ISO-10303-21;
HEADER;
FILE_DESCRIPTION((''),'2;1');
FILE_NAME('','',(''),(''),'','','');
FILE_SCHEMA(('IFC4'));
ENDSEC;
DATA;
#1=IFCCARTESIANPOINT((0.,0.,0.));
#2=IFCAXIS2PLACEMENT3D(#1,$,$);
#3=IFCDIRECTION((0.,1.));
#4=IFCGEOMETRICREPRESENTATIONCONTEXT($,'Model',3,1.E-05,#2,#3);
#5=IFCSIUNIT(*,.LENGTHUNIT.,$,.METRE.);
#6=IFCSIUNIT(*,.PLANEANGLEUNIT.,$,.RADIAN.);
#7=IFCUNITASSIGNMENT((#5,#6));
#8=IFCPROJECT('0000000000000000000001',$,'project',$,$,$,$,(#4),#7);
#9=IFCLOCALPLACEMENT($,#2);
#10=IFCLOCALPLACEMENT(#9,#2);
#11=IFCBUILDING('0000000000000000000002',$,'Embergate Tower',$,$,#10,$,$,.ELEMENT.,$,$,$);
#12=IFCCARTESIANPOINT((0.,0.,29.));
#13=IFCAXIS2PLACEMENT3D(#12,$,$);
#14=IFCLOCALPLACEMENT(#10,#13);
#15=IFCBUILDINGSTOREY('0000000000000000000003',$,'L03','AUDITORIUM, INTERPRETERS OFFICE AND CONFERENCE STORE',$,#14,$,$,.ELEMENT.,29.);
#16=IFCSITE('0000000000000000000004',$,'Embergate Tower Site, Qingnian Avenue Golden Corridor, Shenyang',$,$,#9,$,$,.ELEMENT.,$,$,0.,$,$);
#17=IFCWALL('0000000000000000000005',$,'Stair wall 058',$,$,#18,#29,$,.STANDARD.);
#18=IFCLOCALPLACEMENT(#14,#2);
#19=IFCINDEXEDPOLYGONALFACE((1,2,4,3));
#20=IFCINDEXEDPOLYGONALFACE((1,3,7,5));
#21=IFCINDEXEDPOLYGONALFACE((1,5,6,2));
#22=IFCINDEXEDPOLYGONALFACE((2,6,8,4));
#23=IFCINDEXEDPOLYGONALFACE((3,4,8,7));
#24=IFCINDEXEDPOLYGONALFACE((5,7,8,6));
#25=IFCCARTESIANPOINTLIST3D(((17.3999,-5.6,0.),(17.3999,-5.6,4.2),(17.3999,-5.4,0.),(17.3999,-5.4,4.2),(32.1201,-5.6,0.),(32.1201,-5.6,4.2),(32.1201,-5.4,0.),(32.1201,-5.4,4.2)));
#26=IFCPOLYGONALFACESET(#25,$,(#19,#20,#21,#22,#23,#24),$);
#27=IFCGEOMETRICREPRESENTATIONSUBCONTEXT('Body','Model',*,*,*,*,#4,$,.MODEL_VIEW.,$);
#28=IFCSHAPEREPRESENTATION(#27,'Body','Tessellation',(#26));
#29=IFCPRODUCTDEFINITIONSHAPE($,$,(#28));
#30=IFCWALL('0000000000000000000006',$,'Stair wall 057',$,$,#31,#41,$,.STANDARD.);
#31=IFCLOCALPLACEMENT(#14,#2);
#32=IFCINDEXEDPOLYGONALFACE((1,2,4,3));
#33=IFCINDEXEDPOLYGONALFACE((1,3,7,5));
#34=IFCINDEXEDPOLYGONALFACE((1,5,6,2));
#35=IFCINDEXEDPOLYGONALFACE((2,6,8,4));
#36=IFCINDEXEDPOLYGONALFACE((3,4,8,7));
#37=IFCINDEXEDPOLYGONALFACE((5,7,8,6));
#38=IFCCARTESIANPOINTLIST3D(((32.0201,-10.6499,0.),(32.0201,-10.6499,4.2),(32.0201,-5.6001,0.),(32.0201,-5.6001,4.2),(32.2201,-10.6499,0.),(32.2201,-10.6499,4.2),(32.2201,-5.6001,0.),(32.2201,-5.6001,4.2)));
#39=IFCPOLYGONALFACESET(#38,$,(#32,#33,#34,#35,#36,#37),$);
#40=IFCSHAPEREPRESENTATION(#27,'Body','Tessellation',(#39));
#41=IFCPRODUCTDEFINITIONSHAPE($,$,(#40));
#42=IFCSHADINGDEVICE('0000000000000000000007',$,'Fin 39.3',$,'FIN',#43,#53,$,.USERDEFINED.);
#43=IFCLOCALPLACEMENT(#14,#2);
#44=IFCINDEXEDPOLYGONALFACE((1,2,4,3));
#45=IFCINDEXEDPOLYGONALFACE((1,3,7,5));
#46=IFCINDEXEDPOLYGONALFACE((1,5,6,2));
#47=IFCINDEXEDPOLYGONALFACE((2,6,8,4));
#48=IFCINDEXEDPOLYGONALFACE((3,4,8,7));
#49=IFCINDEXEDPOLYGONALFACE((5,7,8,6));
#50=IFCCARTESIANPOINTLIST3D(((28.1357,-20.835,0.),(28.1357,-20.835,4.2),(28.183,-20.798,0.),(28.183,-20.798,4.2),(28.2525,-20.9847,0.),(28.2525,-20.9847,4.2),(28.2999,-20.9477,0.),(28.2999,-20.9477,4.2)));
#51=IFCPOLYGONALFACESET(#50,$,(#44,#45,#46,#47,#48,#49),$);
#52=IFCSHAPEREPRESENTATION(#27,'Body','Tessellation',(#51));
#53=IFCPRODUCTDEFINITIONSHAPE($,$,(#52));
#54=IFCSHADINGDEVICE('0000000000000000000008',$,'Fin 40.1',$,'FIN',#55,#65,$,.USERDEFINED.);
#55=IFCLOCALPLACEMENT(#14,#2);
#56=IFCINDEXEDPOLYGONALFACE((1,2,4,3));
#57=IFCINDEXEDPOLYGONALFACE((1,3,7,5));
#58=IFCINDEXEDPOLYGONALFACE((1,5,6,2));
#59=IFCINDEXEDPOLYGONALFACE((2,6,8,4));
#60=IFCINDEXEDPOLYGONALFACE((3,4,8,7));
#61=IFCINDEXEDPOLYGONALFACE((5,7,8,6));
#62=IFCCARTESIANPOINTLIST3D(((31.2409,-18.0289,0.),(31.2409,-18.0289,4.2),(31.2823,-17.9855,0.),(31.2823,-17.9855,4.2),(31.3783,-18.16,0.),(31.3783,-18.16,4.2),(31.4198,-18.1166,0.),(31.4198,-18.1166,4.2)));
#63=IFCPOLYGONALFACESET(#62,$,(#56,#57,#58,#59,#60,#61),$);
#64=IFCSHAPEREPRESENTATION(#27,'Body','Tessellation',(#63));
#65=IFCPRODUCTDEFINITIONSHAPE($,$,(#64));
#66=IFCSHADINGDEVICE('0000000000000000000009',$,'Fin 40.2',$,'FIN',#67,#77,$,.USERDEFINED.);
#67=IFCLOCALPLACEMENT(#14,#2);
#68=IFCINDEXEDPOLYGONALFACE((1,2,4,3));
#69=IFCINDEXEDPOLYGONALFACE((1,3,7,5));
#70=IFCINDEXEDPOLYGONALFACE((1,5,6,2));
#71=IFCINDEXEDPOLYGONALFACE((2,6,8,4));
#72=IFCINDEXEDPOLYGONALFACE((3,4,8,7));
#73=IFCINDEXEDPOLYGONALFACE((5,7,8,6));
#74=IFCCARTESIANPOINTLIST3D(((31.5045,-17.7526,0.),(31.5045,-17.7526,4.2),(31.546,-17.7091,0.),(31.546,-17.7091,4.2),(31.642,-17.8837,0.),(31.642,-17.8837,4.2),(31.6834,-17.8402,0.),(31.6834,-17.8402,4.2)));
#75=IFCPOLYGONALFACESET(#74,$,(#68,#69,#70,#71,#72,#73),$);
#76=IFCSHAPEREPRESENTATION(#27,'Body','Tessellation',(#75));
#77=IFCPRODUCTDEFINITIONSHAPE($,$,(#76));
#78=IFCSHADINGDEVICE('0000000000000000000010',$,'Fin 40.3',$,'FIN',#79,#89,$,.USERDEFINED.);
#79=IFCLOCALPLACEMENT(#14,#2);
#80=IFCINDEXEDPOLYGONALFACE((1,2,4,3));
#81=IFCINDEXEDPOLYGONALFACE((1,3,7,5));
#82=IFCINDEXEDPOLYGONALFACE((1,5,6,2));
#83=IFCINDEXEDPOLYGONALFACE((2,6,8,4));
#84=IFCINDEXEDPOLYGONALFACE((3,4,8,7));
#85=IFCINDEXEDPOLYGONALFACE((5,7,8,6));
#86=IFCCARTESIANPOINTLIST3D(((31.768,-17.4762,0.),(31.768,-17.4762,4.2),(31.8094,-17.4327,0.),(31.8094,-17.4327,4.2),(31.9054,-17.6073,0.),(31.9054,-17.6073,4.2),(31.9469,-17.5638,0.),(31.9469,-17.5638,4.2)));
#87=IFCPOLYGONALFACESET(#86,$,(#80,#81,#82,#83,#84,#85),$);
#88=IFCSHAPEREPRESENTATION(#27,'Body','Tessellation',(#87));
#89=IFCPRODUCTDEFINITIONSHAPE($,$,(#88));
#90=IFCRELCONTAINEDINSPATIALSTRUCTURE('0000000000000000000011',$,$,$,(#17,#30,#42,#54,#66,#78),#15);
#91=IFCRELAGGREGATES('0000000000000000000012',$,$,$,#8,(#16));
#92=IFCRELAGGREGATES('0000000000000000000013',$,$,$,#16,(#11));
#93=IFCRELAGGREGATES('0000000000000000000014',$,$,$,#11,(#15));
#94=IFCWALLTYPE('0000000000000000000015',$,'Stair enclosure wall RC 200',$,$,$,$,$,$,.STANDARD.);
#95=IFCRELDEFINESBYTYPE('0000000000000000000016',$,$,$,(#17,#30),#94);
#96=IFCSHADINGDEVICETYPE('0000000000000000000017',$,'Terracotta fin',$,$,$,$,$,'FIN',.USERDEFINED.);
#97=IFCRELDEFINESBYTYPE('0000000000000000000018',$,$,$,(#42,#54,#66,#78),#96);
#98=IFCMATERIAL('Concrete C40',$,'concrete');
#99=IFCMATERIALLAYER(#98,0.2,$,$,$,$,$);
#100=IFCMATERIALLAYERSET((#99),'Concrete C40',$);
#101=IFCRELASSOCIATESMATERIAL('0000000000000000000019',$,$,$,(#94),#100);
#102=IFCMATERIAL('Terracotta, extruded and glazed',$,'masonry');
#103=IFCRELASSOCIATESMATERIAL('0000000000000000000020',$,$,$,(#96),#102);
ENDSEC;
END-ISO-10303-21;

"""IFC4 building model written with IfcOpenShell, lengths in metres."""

from ifc_helpers import new_model, si_unit, direction, frame, frame_2d, origin, origin_2d, place, context, subcontext, project, spatial, rectangle, extrude, source, transform, mapped, material, layer, layer_set, material_profile, profile_set, type_object, element, save


model = new_model("IFC4")

# Units and contexts
model_context = context("Model", 3, precision=1e-05, world=origin(), true_north=direction((0.0, 1.0)))
body_context = subcontext(model_context, "Body", "Model", "MODEL_VIEW")
ifc_project = project(units=[si_unit("LENGTHUNIT", "METRE"), si_unit("PLANEANGLEUNIT", "RADIAN")], contexts=[model_context])

# Site, building, storey
site_placement = place(None, origin())
site = spatial("IfcSite", under=ifc_project, at=site_placement, Name="Embergate Tower Site, Qingnian Avenue Golden Corridor, Shenyang", CompositionType="ELEMENT", RefElevation=0.0)
building_placement = place(site_placement, origin())
building = spatial("IfcBuilding", under=site, at=building_placement, Name="Embergate Tower", CompositionType="ELEMENT")
storey_placement = place(building_placement, frame((0.0, 0.0, 29.0)))
storey = spatial("IfcBuildingStorey", under=building, at=storey_placement, Name="L03", Description="AUDITORIUM, INTERPRETERS OFFICE AND CONFERENCE STORE", CompositionType="ELEMENT", Elevation=29.0)

# Walls
ifc_material_1 = material(Name="Concrete C40", Category="concrete")
ifc_layer_1 = layer(ifc_material_1, 0.2)
ifc_layer_set_1 = layer_set([ifc_layer_1], Name="Concrete C40")
wall_type_1 = type_object("IfcWallType", Name="Stair enclosure wall RC 200", PredefinedType="STANDARD", material=ifc_layer_set_1)
shared_shape_1 = source(origin(), body_context, "Body", "SweptSolid", [
    extrude(rectangle(XDim=14.7202, YDim=0.2, at=frame_2d((7.3601, 0.0))), origin(), (0.0, 0.0, 1.0), 4.2),
])
wall_1_placement = place(storey_placement, frame((32.1201, -5.5, 0.0), z_axis=(0.0, 0.0, 1.0), x_axis=(-1.0, 0.0, 0.0)))
element("IfcWall", 1, at=wall_1_placement, inside=storey, type_object=wall_type_1, Name="Stair wall 058", PredefinedType="STANDARD", context=body_context, shape_type="MappedRepresentation", body=[
    mapped(shared_shape_1, transform((0.0, 0.0, 0.0))),
])
shared_shape_2 = source(origin(), body_context, "Body", "SweptSolid", [
    extrude(rectangle(XDim=5.0498, YDim=0.2, at=frame_2d((2.5249, 0.0))), origin(), (0.0, 0.0, 1.0), 4.2),
])
wall_2_placement = place(storey_placement, frame((32.1201, -10.6499, 0.0), z_axis=(0.0, 0.0, 1.0), x_axis=(0.0, 1.0, 0.0)))
element("IfcWall", 2, at=wall_2_placement, inside=storey, type_object=wall_type_1, Name="Stair wall 057", PredefinedType="STANDARD", context=body_context, shape_type="MappedRepresentation", body=[
    mapped(shared_shape_2, transform((0.0, 0.0, 0.0))),
])

# Shading devices
ifc_material_2 = material(Name="Terracotta, extruded and glazed", Category="masonry")
ifc_material_profile_1 = material_profile(ifc_material_2, rectangle(XDim=0.1899, YDim=0.0601, at=origin_2d()), Name="TC 190x60")
ifc_profile_set_1 = profile_set([ifc_material_profile_1], Name="Terracotta, extruded and glazed")
shading_device_type = type_object("IfcShadingDeviceType", Name="Terracotta fin", ElementType="FIN", PredefinedType="USERDEFINED", material=ifc_profile_set_1)
shared_shape_3 = source(origin(), body_context, "Body", "SweptSolid", [
    extrude(rectangle(XDim=0.1899, YDim=0.0601, at=origin_2d()), origin(), (0.0, 0.0, 1.0), 4.2),
])
for number, where, z_axis, x_axis, name in (
    (3, (28.2178, -20.8914, 0.0), (0.0, 0.0, 1.0), (-0.615275, 0.788313, 0.0), "Fin 39.3"),
    (4, (31.3303, -18.0728, 0.0), (0.0, 0.0, 1.0), (-0.72369, 0.690125, 0.0), "Fin 40.1"),
    (5, (31.594, -17.7964, 0.0), (0.0, 0.0, 1.0), (-0.72369, 0.690125, 0.0), "Fin 40.2"),
    (6, (31.8574, -17.52, 0.0), (0.0, 0.0, 1.0), (-0.72369, 0.690125, 0.0), "Fin 40.3"),
):
    element("IfcShadingDevice", number, at=place(storey_placement, frame(where, z_axis=z_axis, x_axis=x_axis)), inside=storey, type_object=shading_device_type, Name=name, ObjectType="FIN", PredefinedType="USERDEFINED", context=body_context, shape_type="MappedRepresentation", body=[
        mapped(shared_shape_3, transform((0.0, 0.0, 0.0))),
    ])

save(model, "model.ifc")
